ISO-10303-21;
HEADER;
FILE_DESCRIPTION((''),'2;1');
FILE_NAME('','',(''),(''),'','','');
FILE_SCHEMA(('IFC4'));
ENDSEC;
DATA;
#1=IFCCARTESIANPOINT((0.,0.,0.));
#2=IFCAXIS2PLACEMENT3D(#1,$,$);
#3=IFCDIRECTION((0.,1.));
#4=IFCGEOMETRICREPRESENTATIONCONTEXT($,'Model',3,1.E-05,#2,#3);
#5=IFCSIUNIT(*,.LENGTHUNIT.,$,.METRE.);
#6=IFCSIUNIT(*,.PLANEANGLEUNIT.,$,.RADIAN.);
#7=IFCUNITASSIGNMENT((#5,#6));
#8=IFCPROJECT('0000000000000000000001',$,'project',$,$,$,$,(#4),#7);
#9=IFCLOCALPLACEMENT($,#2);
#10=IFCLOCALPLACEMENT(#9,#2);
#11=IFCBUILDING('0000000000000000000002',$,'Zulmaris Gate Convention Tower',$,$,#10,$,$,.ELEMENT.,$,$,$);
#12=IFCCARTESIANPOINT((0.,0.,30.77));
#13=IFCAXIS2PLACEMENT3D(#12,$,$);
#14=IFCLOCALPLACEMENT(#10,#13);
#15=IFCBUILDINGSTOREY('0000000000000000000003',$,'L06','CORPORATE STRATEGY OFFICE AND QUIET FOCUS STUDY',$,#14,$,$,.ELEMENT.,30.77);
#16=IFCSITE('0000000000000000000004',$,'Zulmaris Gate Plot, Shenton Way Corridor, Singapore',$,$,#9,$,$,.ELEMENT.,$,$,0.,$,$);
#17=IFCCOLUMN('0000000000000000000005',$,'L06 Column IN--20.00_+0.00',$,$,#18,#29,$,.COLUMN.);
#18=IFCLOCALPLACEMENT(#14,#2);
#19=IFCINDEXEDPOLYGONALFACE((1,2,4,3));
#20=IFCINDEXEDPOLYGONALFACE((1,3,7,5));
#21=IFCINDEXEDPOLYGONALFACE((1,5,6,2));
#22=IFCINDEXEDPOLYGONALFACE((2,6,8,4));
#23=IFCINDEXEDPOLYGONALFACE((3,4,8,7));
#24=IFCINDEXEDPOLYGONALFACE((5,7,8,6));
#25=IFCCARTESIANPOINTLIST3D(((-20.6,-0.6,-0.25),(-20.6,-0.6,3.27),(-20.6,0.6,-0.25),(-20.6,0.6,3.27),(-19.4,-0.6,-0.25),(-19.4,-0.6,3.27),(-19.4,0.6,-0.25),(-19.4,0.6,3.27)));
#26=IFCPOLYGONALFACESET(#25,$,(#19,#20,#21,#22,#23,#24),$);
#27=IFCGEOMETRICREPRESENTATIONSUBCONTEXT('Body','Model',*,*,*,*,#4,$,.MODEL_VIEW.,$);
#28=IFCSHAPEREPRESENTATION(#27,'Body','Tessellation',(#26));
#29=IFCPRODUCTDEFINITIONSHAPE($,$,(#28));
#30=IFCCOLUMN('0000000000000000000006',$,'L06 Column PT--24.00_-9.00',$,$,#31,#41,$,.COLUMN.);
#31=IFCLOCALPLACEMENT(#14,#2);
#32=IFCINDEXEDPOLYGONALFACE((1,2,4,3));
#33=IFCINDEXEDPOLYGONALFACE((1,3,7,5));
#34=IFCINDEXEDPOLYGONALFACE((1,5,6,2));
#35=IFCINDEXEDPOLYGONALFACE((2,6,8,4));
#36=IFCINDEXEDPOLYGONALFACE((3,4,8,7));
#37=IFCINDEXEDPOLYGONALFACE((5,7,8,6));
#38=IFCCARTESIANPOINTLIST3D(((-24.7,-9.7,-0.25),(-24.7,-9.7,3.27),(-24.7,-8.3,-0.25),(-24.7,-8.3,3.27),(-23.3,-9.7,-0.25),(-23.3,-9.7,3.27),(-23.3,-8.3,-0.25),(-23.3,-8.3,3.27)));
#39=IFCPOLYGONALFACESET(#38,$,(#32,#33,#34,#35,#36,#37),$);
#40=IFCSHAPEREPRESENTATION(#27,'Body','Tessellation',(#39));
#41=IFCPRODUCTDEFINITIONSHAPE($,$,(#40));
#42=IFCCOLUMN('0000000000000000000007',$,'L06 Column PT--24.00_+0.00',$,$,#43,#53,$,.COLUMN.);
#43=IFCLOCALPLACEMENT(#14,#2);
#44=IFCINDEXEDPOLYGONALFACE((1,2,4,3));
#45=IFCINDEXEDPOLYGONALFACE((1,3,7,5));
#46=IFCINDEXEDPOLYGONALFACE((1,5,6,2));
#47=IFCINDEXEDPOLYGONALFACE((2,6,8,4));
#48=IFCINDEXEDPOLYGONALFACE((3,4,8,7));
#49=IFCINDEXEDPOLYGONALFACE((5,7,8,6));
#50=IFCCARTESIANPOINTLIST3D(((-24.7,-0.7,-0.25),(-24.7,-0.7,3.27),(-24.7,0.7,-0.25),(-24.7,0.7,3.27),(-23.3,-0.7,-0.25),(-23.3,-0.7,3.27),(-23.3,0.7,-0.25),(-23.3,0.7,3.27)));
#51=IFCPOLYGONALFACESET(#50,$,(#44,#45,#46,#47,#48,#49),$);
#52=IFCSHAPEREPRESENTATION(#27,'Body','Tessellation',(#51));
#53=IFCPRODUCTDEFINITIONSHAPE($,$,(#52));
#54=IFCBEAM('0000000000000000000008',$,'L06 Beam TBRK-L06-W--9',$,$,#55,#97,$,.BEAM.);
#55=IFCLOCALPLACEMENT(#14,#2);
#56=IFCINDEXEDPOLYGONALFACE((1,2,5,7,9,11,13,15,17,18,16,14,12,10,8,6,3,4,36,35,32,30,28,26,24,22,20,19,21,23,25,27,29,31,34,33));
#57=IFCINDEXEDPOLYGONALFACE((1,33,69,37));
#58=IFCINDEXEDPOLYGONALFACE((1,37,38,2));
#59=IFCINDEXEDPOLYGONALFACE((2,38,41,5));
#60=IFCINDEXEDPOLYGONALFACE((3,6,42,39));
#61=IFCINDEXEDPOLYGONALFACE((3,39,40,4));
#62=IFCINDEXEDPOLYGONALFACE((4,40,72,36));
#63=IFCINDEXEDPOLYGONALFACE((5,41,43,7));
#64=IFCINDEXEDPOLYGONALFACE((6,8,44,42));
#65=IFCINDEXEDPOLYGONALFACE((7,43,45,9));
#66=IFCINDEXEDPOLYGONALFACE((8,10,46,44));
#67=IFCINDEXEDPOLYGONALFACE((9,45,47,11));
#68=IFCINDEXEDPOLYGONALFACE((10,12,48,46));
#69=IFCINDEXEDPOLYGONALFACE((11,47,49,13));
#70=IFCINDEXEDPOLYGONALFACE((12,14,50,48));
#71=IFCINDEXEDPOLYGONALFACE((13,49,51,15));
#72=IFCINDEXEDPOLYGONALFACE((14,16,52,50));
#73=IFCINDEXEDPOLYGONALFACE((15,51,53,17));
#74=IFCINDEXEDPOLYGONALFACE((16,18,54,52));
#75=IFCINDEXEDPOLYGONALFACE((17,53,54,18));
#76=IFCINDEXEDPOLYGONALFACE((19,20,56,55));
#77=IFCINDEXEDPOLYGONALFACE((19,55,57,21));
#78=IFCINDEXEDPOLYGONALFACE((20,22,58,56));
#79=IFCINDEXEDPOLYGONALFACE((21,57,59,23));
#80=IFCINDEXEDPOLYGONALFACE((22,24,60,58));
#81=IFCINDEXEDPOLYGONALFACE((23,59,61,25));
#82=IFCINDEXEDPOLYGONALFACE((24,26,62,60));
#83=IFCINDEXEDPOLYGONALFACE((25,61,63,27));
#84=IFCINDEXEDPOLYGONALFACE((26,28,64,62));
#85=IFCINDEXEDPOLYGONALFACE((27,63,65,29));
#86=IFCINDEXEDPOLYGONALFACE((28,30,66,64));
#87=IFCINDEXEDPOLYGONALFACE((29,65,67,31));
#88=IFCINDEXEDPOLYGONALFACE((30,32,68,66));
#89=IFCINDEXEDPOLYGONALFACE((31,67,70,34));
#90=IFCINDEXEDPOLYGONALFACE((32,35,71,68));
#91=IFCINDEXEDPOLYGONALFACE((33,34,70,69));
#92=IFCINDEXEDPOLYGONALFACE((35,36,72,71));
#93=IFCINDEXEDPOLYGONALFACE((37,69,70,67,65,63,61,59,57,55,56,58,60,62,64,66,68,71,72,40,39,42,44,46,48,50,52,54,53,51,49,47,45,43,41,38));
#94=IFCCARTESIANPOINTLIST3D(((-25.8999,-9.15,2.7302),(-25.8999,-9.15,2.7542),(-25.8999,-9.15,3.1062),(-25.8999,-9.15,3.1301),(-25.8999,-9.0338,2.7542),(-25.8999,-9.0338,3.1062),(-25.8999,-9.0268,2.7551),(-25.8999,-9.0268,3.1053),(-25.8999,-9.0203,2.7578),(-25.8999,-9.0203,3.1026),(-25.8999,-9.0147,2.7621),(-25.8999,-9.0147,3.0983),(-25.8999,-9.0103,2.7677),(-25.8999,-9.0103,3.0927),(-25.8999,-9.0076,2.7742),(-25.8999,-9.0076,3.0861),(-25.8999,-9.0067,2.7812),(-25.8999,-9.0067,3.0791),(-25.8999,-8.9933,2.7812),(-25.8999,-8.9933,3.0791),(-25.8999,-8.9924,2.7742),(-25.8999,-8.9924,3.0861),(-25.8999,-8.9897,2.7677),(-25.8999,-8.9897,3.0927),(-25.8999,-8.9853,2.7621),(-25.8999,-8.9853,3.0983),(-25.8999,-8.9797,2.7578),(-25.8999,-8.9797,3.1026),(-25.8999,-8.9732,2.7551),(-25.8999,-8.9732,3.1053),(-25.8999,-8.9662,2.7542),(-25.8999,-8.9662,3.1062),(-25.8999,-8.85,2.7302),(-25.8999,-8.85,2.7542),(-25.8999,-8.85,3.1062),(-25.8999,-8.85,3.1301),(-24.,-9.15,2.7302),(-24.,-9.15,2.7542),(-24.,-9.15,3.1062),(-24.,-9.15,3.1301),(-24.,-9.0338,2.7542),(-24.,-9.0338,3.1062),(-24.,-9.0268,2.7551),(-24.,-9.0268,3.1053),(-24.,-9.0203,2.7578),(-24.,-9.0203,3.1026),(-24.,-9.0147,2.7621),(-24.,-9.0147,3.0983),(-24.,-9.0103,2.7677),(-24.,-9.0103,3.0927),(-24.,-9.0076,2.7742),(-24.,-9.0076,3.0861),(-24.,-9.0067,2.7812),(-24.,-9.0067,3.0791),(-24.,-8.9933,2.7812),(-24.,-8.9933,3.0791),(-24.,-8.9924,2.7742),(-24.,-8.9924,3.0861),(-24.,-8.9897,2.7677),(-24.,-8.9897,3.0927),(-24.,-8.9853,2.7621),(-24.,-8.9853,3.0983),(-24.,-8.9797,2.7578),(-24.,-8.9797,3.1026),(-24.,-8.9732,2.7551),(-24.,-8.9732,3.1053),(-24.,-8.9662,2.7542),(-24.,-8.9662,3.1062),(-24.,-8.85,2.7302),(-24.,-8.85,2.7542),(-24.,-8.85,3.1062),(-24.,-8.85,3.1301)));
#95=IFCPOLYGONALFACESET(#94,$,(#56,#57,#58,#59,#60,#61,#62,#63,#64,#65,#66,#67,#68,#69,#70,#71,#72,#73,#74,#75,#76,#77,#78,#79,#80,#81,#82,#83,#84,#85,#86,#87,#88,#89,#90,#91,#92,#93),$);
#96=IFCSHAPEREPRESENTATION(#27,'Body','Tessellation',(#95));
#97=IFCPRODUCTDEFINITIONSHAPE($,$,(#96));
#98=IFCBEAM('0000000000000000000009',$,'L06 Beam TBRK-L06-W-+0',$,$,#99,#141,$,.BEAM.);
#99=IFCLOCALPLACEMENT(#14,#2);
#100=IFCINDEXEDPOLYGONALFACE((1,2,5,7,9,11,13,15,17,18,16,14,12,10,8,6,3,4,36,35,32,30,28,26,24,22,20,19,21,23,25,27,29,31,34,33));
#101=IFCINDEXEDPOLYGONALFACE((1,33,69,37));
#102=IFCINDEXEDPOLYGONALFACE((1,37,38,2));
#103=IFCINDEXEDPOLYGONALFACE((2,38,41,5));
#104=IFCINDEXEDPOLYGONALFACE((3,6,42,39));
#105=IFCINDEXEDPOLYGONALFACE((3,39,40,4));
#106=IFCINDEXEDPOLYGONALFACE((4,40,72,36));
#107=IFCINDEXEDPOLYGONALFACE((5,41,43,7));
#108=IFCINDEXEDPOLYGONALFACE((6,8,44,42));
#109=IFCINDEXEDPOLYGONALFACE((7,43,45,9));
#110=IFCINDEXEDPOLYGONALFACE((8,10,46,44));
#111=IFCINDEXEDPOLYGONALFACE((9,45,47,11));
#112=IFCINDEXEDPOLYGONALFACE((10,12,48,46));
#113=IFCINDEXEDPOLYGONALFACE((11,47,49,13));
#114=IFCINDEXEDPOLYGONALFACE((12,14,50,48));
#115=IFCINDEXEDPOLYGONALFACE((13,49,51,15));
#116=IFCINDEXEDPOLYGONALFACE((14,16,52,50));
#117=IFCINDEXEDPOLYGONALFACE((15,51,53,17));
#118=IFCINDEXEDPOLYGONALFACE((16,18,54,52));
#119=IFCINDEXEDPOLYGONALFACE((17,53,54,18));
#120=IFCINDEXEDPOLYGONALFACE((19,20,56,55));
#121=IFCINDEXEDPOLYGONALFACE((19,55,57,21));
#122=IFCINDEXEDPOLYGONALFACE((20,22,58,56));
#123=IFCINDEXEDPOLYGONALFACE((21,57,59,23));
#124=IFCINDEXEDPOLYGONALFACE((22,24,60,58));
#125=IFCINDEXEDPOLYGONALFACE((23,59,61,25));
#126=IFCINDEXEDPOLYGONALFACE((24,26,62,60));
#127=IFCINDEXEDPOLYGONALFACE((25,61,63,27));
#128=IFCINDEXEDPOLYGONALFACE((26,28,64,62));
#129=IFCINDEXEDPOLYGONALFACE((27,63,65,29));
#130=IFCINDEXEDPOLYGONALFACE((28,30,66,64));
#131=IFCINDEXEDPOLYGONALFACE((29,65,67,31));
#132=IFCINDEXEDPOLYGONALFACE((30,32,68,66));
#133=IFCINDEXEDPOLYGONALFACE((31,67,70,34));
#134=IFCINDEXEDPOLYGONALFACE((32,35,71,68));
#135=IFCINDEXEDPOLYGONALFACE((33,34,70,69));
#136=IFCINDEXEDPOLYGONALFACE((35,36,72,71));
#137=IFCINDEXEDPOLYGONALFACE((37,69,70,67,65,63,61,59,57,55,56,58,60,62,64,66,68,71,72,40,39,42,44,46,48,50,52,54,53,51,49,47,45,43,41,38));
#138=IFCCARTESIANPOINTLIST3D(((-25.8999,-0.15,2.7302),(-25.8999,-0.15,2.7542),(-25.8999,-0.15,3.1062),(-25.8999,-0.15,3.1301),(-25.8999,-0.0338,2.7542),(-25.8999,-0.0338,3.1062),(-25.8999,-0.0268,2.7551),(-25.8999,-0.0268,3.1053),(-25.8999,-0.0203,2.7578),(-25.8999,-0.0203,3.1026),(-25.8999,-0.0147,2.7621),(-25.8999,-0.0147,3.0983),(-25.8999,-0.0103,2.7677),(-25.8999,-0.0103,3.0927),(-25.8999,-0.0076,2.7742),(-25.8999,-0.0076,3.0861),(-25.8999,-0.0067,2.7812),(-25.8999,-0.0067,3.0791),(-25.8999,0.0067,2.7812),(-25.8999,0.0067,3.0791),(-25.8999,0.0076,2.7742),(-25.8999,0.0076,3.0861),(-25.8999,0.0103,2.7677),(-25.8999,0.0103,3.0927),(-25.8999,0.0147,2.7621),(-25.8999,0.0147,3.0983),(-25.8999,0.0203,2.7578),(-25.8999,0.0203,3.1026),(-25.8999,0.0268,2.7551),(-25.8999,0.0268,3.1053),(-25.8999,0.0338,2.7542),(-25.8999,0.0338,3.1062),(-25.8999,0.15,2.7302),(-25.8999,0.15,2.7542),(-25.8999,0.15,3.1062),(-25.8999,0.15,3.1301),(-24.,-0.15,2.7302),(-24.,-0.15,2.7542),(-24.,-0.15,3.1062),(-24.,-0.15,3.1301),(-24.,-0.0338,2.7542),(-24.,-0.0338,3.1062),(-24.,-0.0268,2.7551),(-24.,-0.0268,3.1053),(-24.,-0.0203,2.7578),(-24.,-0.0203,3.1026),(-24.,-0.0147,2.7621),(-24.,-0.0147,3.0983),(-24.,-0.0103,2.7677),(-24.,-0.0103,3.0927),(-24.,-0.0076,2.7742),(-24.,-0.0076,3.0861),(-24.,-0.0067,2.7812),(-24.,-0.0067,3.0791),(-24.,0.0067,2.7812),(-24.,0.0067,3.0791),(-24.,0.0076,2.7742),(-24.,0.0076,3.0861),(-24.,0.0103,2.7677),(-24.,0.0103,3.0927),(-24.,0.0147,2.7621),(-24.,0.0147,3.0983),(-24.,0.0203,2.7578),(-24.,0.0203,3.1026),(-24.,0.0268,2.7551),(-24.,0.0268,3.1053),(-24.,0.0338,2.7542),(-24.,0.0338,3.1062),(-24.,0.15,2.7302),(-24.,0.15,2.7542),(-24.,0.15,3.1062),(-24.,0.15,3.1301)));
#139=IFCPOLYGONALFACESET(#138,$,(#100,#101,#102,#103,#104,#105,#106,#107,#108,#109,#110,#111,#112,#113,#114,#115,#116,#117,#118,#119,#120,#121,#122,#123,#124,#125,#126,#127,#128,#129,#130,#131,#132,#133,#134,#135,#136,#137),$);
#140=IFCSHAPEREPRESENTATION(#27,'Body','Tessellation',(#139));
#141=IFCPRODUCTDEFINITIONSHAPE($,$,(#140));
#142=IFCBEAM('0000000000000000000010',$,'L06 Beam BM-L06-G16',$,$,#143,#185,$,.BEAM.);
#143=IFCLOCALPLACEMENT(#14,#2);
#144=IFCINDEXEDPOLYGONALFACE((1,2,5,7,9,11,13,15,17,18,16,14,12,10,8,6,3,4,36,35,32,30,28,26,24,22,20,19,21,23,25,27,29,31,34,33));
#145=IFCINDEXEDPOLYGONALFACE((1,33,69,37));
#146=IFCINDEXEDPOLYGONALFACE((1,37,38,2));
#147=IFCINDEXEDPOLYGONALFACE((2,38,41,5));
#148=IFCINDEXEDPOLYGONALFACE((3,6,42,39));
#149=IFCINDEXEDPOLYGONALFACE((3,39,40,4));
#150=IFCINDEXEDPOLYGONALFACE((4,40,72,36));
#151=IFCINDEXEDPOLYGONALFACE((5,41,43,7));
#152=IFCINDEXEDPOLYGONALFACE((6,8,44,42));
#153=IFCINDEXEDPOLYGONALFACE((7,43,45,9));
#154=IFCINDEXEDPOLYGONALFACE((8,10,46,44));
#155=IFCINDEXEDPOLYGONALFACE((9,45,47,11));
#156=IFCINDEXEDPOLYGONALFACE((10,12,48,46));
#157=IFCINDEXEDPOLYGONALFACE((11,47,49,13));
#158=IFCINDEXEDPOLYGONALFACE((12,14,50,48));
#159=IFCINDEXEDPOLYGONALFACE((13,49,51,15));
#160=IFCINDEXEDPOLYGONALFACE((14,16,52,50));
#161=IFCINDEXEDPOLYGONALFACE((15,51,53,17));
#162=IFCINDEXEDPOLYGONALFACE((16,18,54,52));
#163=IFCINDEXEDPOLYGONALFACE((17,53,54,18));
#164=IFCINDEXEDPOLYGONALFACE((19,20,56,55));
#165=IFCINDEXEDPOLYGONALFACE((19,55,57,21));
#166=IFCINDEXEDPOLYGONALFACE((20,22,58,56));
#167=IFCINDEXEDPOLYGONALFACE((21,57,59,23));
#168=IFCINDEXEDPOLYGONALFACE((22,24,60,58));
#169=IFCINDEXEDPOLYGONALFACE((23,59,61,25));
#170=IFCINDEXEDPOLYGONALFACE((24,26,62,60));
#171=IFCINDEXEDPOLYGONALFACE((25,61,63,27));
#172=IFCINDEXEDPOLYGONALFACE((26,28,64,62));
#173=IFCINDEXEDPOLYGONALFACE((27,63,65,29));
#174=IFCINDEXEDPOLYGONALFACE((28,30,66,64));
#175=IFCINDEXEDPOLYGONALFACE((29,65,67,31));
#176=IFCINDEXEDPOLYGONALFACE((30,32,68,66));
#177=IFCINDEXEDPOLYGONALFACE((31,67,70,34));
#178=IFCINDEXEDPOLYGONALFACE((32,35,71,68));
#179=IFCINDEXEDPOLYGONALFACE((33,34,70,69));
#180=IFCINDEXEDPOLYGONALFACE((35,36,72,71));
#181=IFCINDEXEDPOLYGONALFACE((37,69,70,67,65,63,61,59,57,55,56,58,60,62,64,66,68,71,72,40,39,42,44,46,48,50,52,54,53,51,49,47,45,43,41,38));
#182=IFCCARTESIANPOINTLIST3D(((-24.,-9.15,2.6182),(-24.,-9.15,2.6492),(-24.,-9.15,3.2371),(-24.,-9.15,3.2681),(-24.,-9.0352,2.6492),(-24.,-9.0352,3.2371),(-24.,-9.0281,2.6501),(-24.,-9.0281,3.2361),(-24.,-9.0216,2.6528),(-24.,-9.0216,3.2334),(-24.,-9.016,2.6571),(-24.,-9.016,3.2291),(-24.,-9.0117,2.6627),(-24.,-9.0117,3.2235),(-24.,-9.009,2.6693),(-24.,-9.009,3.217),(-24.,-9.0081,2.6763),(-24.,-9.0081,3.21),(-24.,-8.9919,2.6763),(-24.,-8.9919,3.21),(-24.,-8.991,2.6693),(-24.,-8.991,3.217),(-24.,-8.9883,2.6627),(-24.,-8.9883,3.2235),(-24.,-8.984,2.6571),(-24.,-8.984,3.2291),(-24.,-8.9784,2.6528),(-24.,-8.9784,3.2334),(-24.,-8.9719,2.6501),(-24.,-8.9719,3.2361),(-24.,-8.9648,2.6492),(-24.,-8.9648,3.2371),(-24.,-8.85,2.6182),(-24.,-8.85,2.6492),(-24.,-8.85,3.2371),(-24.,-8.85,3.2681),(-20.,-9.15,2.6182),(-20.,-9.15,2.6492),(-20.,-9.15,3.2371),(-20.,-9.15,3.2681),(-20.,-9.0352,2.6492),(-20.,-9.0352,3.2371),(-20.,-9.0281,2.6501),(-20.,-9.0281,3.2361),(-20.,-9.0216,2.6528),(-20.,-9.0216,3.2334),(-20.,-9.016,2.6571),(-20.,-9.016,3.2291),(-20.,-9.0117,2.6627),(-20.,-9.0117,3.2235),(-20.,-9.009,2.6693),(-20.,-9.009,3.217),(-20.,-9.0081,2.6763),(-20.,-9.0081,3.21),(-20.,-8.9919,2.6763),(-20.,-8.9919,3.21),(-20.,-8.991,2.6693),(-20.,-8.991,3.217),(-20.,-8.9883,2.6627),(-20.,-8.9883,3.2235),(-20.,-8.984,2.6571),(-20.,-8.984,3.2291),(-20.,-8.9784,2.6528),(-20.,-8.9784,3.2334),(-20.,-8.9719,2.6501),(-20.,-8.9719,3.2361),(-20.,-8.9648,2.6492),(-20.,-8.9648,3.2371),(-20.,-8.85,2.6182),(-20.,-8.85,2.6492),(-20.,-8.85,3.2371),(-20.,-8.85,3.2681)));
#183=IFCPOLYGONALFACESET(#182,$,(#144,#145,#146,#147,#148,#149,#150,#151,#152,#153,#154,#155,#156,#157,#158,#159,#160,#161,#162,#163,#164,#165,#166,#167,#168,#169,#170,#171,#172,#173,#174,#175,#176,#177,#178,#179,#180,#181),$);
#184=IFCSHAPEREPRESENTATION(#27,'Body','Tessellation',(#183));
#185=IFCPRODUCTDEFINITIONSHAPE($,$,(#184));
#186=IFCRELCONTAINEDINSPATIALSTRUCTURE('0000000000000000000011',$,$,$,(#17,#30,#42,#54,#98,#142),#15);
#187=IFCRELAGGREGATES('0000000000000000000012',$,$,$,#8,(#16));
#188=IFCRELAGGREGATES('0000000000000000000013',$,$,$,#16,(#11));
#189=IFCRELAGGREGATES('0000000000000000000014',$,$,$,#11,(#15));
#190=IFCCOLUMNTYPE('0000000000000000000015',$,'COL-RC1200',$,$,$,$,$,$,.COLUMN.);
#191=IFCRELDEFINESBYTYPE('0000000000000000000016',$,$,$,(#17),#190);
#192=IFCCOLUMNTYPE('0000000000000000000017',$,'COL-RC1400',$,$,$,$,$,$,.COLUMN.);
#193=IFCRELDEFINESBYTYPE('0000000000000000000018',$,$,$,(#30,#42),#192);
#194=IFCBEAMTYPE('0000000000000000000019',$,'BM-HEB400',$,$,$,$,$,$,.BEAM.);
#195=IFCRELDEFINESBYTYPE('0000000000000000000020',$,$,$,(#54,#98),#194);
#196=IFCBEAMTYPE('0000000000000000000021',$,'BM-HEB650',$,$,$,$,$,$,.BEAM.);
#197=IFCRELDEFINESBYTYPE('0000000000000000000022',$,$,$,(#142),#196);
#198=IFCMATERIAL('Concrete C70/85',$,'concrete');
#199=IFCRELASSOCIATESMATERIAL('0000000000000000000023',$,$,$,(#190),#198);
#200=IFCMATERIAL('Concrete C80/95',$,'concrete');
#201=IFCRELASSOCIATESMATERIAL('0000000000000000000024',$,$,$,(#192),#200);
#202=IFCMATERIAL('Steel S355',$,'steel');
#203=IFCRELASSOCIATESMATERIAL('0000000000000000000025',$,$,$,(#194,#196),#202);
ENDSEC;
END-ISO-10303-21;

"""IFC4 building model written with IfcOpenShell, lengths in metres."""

from ifc_helpers import new_model, si_unit, direction, frame, origin, origin_2d, place, context, subcontext, project, spatial, rectangle, i_section, extrude, material, material_profile, profile_set, type_object, element, save


model = new_model("IFC4")

# Units and contexts
model_context = context("Model", 3, precision=1e-05, world=origin(), true_north=direction((0.0, 1.0)))
body_context = subcontext(model_context, "Body", "Model", "MODEL_VIEW")
ifc_project = project(units=[si_unit("LENGTHUNIT", "METRE"), si_unit("PLANEANGLEUNIT", "RADIAN")], contexts=[model_context])

# Site, building, storey
site_placement = place(None, origin())
site = spatial("IfcSite", under=ifc_project, at=site_placement, Name="Zulmaris Gate Plot, Shenton Way Corridor, Singapore", CompositionType="ELEMENT", RefElevation=0.0)
building_placement = place(site_placement, origin())
building = spatial("IfcBuilding", under=site, at=building_placement, Name="Zulmaris Gate Convention Tower", CompositionType="ELEMENT")
storey_placement = place(building_placement, frame((0.0, 0.0, 30.77)))
storey = spatial("IfcBuildingStorey", under=building, at=storey_placement, Name="L06", Description="CORPORATE STRATEGY OFFICE AND QUIET FOCUS STUDY", CompositionType="ELEMENT", Elevation=30.77)

# Columns
ifc_material_1 = material(Name="Concrete C70/85", Category="concrete")
ifc_material_profile_1 = material_profile(ifc_material_1, rectangle(XDim=1.2, YDim=1.2, at=origin_2d()), Name="RC COL 1200x1200")
ifc_profile_set_1 = profile_set([ifc_material_profile_1], Name="Concrete C70/85")
column_type_1 = type_object("IfcColumnType", Name="COL-RC1200", PredefinedType="COLUMN", material=ifc_profile_set_1)
column_placement = place(storey_placement, frame((-20.0, 0.0, -0.25), z_axis=(0.0, 0.0, 1.0), x_axis=(1.0, 0.0, 0.0)))
element("IfcColumn", 1, at=column_placement, inside=storey, type_object=column_type_1, Name="L06 Column IN--20.00_+0.00", PredefinedType="COLUMN", context=body_context, shape_type="SweptSolid", body=[
    extrude(rectangle(XDim=1.2, YDim=1.2, at=origin_2d()), origin(), (0.0, 0.0, 1.0), 3.52),
])
ifc_material_2 = material(Name="Concrete C80/95", Category="concrete")
ifc_material_profile_2 = material_profile(ifc_material_2, rectangle(XDim=1.3999, YDim=1.3999, at=origin_2d()), Name="RC COL 1400x1400")
ifc_profile_set_2 = profile_set([ifc_material_profile_2], Name="Concrete C80/95")
column_type_2 = type_object("IfcColumnType", Name="COL-RC1400", PredefinedType="COLUMN", material=ifc_profile_set_2)
for number, where, z_axis, x_axis, name in (
    (2, (-24.0, -9.0, -0.25), (0.0, 0.0, 1.0), (1.0, 0.0, 0.0), "L06 Column PT--24.00_-9.00"),
    (3, (-24.0, 0.0, -0.25), (0.0, 0.0, 1.0), (1.0, 0.0, 0.0), "L06 Column PT--24.00_+0.00"),
):
    element("IfcColumn", number, at=place(storey_placement, frame(where, z_axis=z_axis, x_axis=x_axis)), inside=storey, type_object=column_type_2, Name=name, PredefinedType="COLUMN", context=body_context, shape_type="SweptSolid", body=[
        extrude(rectangle(XDim=1.3999, YDim=1.3999, at=origin_2d()), origin(), (0.0, 0.0, 1.0), 3.52),
    ])

# Beams
ifc_material_3 = material(Name="Steel S355", Category="steel")
ifc_material_profile_3 = material_profile(ifc_material_3, i_section(OverallWidth=0.3, OverallDepth=0.3999, WebThickness=0.0134, FlangeThickness=0.0239, FilletRadius=0.0271, at=origin_2d()), Name="HEB 400")
ifc_profile_set_3 = profile_set([ifc_material_profile_3], Name="Steel S355")
beam_type_1 = type_object("IfcBeamType", Name="BM-HEB400", PredefinedType="BEAM", material=ifc_profile_set_3)
for number, where, z_axis, x_axis, name in (
    (4, (-25.8999, -9.0, 2.9302), (1.0, 0.0, 0.0), (0.0, 1.0, 0.0), "L06 Beam TBRK-L06-W--9"),
    (5, (-25.8999, 0.0, 2.9302), (1.0, 0.0, 0.0), (0.0, 1.0, 0.0), "L06 Beam TBRK-L06-W-+0"),
):
    element("IfcBeam", number, at=place(storey_placement, frame(where, z_axis=z_axis, x_axis=x_axis)), inside=storey, type_object=beam_type_1, Name=name, PredefinedType="BEAM", context=body_context, shape_type="SweptSolid", body=[
        extrude(i_section(OverallWidth=0.3, OverallDepth=0.3999, WebThickness=0.0134, FlangeThickness=0.0239, FilletRadius=0.0271, at=origin_2d()), origin(), (0.0, 0.0, 1.0), 1.8999),
    ])
ifc_material_profile_4 = material_profile(ifc_material_3, i_section(OverallWidth=0.3, OverallDepth=0.6499, WebThickness=0.0161, FlangeThickness=0.031, FilletRadius=0.0271, at=origin_2d()), Name="HEB 650")
ifc_profile_set_4 = profile_set([ifc_material_profile_4], Name="Steel S355")
beam_type_2 = type_object("IfcBeamType", Name="BM-HEB650", PredefinedType="BEAM", material=ifc_profile_set_4)
for number, where, z_axis, x_axis, name in (
    (6, (-24.0, -9.0, 2.9431), (1.0, 0.0, 0.0), (0.0, 1.0, 0.0), "L06 Beam BM-L06-G16"),
):
    element("IfcBeam", number, at=place(storey_placement, frame(where, z_axis=z_axis, x_axis=x_axis)), inside=storey, type_object=beam_type_2, Name=name, PredefinedType="BEAM", context=body_context, shape_type="SweptSolid", body=[
        extrude(i_section(OverallWidth=0.3, OverallDepth=0.6499, WebThickness=0.0161, FlangeThickness=0.031, FilletRadius=0.0271, at=origin_2d()), origin(), (0.0, 0.0, 1.0), 4.0),
    ])

save(model, "model.ifc")
